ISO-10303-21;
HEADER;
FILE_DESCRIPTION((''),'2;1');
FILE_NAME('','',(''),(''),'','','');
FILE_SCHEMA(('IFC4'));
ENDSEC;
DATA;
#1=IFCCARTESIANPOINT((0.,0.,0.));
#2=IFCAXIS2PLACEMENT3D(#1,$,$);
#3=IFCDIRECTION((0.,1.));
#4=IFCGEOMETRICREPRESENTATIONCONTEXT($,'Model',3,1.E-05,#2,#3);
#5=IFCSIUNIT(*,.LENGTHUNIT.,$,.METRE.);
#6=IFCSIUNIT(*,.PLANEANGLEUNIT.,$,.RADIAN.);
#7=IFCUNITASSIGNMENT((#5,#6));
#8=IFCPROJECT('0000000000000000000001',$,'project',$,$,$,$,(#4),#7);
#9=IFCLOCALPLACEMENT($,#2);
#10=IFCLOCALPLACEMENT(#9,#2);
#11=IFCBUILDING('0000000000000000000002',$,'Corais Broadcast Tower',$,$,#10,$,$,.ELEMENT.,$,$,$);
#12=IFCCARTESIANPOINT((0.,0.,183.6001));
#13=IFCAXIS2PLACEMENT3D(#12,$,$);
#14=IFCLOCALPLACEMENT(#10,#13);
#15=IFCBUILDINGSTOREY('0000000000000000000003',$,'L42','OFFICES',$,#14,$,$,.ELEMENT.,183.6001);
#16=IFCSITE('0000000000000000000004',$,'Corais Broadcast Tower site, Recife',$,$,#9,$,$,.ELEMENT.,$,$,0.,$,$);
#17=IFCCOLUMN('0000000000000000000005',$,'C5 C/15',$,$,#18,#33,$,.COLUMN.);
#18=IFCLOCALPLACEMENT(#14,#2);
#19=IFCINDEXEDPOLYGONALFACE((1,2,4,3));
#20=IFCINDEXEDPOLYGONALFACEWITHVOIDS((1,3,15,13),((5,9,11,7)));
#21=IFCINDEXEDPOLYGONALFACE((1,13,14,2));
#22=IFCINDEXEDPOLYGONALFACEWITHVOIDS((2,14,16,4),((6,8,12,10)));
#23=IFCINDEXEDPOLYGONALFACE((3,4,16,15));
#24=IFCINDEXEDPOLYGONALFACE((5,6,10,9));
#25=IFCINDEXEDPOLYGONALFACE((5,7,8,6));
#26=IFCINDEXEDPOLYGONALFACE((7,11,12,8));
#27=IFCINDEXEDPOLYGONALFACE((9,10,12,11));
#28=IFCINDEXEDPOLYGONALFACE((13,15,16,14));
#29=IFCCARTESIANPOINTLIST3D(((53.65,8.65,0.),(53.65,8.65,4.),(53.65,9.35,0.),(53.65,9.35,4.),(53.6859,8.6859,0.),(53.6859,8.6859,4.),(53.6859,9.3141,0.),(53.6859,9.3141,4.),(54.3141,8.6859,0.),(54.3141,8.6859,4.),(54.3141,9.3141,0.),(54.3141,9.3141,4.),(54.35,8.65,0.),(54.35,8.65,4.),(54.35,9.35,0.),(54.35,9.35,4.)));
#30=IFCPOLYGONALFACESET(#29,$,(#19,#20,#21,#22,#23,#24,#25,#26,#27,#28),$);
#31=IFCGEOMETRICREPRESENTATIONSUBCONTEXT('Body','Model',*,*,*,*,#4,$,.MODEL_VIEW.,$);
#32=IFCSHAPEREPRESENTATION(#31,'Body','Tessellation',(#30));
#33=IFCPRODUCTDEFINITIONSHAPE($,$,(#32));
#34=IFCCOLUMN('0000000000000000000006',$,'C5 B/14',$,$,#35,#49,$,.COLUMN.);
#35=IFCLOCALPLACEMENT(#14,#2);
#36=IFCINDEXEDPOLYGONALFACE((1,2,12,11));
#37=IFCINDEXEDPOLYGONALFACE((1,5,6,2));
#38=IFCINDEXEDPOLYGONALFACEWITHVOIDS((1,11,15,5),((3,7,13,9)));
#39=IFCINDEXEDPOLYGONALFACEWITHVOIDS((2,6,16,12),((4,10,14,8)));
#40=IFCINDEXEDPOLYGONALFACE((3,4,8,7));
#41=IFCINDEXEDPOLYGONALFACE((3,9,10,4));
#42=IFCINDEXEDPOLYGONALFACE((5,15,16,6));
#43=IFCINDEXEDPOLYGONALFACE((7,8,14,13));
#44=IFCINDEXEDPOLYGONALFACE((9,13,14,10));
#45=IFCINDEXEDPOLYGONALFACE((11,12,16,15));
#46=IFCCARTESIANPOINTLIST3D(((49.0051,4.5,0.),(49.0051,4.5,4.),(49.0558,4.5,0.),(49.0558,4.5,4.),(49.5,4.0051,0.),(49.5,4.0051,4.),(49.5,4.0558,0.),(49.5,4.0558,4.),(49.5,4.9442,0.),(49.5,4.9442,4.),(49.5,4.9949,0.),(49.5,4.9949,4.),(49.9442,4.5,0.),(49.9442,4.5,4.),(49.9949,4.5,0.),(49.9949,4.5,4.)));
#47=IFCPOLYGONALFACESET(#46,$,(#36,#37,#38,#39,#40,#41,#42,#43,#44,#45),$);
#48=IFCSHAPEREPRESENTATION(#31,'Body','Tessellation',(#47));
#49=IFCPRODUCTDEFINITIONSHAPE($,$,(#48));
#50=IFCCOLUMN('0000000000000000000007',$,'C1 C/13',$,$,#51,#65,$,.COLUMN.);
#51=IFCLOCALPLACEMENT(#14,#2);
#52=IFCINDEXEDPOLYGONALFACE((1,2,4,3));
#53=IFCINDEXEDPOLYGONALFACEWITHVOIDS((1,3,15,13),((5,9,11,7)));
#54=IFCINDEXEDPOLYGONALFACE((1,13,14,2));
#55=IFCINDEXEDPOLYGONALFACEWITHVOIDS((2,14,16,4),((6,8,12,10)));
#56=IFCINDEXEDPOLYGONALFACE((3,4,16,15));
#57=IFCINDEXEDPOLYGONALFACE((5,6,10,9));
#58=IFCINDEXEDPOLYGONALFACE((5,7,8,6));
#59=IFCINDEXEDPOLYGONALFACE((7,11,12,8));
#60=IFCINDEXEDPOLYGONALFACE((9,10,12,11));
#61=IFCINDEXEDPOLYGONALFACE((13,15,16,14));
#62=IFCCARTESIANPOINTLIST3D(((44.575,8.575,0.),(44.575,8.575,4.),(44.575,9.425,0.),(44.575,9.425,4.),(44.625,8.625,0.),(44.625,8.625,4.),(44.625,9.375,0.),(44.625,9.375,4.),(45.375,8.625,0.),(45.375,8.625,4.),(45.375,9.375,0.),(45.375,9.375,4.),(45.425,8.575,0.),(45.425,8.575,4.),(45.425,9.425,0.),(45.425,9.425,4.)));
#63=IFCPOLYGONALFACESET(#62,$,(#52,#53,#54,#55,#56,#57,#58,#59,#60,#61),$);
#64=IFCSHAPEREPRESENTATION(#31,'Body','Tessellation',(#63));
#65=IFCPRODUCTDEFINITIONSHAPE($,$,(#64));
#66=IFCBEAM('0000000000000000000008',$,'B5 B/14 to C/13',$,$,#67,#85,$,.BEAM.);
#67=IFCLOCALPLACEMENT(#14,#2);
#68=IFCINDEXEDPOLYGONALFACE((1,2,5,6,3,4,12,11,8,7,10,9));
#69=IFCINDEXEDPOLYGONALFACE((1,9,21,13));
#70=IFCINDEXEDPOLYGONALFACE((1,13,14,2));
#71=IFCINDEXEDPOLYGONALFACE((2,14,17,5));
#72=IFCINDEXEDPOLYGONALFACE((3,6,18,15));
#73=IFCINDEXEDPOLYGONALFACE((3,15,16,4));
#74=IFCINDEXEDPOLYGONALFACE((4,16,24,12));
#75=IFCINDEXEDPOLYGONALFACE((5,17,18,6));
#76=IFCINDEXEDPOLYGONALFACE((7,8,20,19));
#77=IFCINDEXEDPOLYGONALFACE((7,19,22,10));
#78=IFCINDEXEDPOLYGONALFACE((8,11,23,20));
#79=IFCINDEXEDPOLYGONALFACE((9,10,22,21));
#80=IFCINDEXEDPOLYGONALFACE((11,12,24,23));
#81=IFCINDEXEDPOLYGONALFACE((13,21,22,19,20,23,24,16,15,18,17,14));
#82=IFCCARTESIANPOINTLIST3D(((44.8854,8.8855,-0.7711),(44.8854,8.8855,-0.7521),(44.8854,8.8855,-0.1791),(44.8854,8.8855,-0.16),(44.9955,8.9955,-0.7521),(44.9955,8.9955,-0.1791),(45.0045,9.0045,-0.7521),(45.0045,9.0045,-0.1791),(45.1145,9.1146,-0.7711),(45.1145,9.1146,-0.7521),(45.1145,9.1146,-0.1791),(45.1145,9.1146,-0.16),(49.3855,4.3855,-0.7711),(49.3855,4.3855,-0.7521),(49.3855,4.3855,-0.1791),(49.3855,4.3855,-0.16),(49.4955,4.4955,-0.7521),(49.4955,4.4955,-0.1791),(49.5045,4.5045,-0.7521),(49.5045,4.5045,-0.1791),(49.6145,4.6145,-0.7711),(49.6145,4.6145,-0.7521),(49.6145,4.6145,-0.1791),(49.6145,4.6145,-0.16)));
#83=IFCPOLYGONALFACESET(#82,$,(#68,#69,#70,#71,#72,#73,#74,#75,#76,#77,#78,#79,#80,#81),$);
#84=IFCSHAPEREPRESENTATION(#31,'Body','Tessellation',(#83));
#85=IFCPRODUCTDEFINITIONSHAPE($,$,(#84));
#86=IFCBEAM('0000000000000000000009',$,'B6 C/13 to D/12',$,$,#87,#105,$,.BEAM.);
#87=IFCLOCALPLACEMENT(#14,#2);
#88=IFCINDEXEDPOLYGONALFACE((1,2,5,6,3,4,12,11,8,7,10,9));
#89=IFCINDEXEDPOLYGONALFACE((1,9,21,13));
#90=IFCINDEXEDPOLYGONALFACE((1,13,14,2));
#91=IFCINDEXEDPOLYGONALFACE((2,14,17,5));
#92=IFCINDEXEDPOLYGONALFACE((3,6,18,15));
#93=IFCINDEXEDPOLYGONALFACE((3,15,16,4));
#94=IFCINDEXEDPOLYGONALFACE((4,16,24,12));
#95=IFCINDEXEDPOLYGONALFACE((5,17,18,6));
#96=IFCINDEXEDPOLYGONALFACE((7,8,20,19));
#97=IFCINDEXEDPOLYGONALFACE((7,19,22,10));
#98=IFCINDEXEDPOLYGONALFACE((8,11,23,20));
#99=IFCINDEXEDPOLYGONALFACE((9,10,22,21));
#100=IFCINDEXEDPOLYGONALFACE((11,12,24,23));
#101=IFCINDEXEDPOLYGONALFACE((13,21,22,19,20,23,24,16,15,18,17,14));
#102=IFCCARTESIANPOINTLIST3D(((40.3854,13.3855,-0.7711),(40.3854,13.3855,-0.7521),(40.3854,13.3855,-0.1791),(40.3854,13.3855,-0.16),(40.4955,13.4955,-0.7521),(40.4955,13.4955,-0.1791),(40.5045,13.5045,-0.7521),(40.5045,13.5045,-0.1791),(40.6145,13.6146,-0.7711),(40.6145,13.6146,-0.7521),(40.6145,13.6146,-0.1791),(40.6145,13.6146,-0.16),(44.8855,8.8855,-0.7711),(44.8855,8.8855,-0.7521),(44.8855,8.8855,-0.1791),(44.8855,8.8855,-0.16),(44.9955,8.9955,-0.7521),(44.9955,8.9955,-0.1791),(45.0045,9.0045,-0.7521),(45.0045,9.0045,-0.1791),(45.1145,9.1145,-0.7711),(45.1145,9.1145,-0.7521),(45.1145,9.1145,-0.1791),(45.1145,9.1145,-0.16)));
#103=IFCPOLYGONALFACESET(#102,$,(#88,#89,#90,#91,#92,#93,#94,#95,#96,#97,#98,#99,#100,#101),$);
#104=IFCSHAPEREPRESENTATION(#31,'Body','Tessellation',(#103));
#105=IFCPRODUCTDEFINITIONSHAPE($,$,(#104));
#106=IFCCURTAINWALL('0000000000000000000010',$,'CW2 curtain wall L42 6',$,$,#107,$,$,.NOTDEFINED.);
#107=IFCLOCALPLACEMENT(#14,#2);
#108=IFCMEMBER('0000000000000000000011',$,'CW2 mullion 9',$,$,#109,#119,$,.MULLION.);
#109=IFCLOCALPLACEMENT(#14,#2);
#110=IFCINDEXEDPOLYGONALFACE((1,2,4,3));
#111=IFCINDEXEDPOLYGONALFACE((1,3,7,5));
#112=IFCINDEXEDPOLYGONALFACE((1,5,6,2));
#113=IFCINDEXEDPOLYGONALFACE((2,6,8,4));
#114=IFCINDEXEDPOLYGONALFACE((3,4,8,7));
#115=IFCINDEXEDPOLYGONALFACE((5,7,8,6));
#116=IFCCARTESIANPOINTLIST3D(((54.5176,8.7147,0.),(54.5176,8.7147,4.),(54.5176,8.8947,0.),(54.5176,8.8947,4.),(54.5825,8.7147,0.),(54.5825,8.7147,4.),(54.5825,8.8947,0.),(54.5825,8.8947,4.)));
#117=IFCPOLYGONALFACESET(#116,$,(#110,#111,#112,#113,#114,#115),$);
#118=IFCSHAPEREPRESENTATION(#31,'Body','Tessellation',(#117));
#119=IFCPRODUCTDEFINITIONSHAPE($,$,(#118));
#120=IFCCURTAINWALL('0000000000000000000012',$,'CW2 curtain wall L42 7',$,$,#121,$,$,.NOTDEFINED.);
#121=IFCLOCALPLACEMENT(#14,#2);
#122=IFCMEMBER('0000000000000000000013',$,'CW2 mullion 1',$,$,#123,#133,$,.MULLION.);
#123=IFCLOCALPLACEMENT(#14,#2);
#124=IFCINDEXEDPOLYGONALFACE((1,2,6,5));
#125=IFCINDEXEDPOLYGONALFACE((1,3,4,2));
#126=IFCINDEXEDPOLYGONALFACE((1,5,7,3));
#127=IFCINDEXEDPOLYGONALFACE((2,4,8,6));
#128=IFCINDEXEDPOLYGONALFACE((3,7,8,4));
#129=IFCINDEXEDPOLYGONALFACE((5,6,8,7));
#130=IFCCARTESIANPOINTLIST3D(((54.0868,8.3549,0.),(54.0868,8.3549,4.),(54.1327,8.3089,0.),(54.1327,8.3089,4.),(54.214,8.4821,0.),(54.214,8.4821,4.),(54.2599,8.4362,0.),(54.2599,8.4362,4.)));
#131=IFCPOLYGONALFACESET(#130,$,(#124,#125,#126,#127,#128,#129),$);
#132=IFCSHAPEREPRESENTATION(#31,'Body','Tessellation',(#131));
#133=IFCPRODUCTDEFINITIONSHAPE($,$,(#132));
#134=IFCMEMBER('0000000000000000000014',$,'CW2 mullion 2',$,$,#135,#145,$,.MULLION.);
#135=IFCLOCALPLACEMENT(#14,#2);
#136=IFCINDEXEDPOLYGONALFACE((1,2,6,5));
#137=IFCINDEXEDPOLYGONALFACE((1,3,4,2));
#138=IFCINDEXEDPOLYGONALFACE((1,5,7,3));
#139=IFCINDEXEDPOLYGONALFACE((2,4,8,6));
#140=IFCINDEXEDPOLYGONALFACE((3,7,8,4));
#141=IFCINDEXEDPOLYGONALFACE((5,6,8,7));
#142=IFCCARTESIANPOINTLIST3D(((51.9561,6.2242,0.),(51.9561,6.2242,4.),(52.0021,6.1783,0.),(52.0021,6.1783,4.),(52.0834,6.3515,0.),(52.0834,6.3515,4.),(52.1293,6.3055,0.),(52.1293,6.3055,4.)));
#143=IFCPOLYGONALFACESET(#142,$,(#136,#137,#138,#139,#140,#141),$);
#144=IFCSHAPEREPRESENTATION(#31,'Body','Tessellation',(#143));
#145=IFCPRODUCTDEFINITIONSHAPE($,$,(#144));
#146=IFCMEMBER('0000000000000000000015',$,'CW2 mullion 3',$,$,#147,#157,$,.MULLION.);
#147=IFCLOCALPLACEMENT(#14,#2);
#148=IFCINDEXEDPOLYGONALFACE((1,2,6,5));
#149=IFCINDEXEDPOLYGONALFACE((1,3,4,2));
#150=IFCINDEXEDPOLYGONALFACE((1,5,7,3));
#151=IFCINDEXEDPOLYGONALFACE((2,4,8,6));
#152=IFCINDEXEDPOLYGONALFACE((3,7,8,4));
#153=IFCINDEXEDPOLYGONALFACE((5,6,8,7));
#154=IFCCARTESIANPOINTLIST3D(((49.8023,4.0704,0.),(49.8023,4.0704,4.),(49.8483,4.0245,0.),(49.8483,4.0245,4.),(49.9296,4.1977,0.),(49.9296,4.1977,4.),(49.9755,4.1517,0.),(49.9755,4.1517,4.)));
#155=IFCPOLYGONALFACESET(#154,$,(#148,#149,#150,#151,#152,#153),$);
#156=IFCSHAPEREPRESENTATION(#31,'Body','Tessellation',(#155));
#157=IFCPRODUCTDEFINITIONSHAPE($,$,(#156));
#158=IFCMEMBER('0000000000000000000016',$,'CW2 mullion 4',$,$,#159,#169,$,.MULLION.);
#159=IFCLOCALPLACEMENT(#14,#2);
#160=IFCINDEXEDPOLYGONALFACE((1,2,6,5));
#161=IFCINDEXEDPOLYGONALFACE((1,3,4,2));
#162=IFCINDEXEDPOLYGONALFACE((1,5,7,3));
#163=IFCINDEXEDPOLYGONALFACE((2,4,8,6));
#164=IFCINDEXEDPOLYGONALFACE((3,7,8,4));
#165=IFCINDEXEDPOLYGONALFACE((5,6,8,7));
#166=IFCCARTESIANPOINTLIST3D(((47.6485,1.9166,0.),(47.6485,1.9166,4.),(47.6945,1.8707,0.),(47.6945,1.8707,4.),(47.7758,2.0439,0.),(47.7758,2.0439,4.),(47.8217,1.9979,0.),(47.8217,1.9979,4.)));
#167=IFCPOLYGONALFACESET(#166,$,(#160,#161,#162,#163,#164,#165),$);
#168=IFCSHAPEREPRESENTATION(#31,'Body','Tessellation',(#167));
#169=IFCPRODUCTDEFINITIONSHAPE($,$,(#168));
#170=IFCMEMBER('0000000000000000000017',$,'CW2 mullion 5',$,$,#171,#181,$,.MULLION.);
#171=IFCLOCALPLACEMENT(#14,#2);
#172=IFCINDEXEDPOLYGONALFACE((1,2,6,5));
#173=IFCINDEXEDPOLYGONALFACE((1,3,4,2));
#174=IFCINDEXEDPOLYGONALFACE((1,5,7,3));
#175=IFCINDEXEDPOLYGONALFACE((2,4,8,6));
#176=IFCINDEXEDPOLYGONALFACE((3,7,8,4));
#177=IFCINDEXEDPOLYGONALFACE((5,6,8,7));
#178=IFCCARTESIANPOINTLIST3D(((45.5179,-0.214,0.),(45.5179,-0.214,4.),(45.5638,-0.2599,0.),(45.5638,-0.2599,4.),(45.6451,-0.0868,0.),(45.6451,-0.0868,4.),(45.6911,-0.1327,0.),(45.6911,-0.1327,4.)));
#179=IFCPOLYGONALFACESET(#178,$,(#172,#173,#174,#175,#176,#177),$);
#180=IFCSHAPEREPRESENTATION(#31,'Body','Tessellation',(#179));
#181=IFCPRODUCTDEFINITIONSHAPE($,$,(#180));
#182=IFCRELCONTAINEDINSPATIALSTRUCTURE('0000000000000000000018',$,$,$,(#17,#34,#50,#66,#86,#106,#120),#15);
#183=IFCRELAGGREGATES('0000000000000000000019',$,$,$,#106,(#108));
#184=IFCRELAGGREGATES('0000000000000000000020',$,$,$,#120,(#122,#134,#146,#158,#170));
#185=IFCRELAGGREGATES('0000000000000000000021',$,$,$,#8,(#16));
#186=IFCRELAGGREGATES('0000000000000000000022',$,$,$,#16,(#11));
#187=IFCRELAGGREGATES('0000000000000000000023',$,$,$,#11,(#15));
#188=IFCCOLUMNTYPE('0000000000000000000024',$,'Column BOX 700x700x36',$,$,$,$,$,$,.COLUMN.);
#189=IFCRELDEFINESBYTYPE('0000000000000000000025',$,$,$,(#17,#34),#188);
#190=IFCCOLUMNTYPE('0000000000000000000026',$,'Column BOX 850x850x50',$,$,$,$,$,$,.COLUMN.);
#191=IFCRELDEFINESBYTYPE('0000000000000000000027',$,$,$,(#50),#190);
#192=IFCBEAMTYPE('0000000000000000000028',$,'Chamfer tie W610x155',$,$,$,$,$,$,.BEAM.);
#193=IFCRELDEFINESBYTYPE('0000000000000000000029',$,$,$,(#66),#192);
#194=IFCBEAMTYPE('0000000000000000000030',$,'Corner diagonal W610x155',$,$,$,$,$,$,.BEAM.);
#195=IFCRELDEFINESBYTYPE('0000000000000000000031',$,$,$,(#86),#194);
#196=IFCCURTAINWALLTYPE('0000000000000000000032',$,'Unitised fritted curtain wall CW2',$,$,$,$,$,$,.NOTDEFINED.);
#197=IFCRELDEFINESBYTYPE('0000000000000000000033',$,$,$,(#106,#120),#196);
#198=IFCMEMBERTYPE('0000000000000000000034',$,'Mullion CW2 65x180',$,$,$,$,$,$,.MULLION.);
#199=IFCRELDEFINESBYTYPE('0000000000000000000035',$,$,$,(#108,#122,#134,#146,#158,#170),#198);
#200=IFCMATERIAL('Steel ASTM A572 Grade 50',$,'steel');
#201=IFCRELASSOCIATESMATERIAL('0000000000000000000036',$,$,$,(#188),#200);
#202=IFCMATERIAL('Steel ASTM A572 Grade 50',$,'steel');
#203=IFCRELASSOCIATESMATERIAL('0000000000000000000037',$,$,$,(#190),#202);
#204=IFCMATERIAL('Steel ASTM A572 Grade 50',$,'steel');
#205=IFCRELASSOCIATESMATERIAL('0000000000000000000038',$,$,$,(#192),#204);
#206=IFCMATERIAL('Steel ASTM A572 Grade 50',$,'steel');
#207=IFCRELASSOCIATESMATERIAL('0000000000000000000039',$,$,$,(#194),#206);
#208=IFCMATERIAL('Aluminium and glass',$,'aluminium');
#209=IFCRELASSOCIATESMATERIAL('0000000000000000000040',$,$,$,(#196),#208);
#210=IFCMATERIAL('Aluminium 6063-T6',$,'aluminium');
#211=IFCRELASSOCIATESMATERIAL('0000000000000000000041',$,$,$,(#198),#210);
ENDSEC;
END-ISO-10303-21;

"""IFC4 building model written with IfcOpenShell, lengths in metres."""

from ifc_helpers import new_model, si_unit, direction, frame, origin, origin_2d, place, context, subcontext, project, spatial, rectangle, hollow_rectangle, i_section, extrude, material, material_profile, profile_set, type_object, element, aggregate, save


model = new_model("IFC4")

# Units and contexts
model_context = context("Model", 3, precision=1e-05, world=origin(), true_north=direction((0.0, 1.0)))
body_context = subcontext(model_context, "Body", "Model", "MODEL_VIEW")
ifc_project = project(units=[si_unit("LENGTHUNIT", "METRE"), si_unit("PLANEANGLEUNIT", "RADIAN")], contexts=[model_context])

# Site, building, storey
site_placement = place(None, origin())
site = spatial("IfcSite", under=ifc_project, at=site_placement, Name="Corais Broadcast Tower site, Recife", CompositionType="ELEMENT", RefElevation=0.0)
building_placement = place(site_placement, origin())
building = spatial("IfcBuilding", under=site, at=building_placement, Name="Corais Broadcast Tower", CompositionType="ELEMENT")
storey_placement = place(building_placement, frame((0.0, 0.0, 183.6001)))
storey = spatial("IfcBuildingStorey", under=building, at=storey_placement, Name="L42", Description="OFFICES", CompositionType="ELEMENT", Elevation=183.6001)

# Columns
ifc_material_1 = material(Name="Steel ASTM A572 Grade 50", Category="steel")
ifc_material_profile_1 = material_profile(ifc_material_1, hollow_rectangle(XDim=0.7, YDim=0.7, WallThickness=0.0359, at=origin_2d()), Name="BOX 700x700x36")
ifc_profile_set_1 = profile_set([ifc_material_profile_1], Name="Steel ASTM A572 Grade 50")
column_type_1 = type_object("IfcColumnType", Name="Column BOX 700x700x36", PredefinedType="COLUMN", material=ifc_profile_set_1)
for number, where, z_axis, x_axis, name in (
    (1, (54.0, 9.0, 0.0), (0.0, 0.0, 1.0), (1.0, 0.0, 0.0), "C5 C/15"),
    (2, (49.5, 4.5, 0.0), (0.0, 0.0, 1.0), (0.707107, 0.707107, 0.0), "C5 B/14"),
):
    element("IfcColumn", number, at=place(storey_placement, frame(where, z_axis=z_axis, x_axis=x_axis)), inside=storey, type_object=column_type_1, Name=name, PredefinedType="COLUMN", context=body_context, shape_type="SweptSolid", body=[
        extrude(hollow_rectangle(XDim=0.7, YDim=0.7, WallThickness=0.0359, at=origin_2d()), origin(), (0.0, 0.0, 1.0), 4.0),
    ])
ifc_material_2 = material(Name="Steel ASTM A572 Grade 50", Category="steel")
ifc_material_profile_2 = material_profile(ifc_material_2, hollow_rectangle(XDim=0.8501, YDim=0.8501, WallThickness=0.05, at=origin_2d()), Name="BOX 850x850x50")
ifc_profile_set_2 = profile_set([ifc_material_profile_2], Name="Steel ASTM A572 Grade 50")
column_type_2 = type_object("IfcColumnType", Name="Column BOX 850x850x50", PredefinedType="COLUMN", material=ifc_profile_set_2)
column_placement = place(storey_placement, frame((45.0, 9.0, 0.0), z_axis=(0.0, 0.0, 1.0), x_axis=(1.0, 0.0, 0.0)))
element("IfcColumn", 3, at=column_placement, inside=storey, type_object=column_type_2, Name="C1 C/13", PredefinedType="COLUMN", context=body_context, shape_type="SweptSolid", body=[
    extrude(hollow_rectangle(XDim=0.8501, YDim=0.8501, WallThickness=0.05, at=origin_2d()), origin(), (0.0, 0.0, 1.0), 4.0),
])

# Beams
ifc_material_3 = material(Name="Steel ASTM A572 Grade 50", Category="steel")
ifc_material_profile_3 = material_profile(ifc_material_3, i_section(OverallWidth=0.324, OverallDepth=0.6111, WebThickness=0.0127, FlangeThickness=0.019, at=origin_2d()), Name="W610x155")
ifc_profile_set_3 = profile_set([ifc_material_profile_3], Name="Steel ASTM A572 Grade 50")
beam_type_1 = type_object("IfcBeamType", Name="Chamfer tie W610x155", PredefinedType="BEAM", material=ifc_profile_set_3)
beam_1_placement = place(storey_placement, frame((49.5, 4.5, -0.4656), z_axis=(-0.707107, 0.707107, 0.0), x_axis=(-0.707107, -0.707107, 0.0)))
element("IfcBeam", 4, at=beam_1_placement, inside=storey, type_object=beam_type_1, Name="B5 B/14 to C/13", PredefinedType="BEAM", context=body_context, shape_type="SweptSolid", body=[
    extrude(i_section(OverallWidth=0.324, OverallDepth=0.6111, WebThickness=0.0127, FlangeThickness=0.019, at=origin_2d()), origin(), (0.0, 0.0, 1.0), 6.364),
])
ifc_material_4 = material(Name="Steel ASTM A572 Grade 50", Category="steel")
ifc_material_profile_4 = material_profile(ifc_material_4, i_section(OverallWidth=0.324, OverallDepth=0.6111, WebThickness=0.0127, FlangeThickness=0.019, at=origin_2d()), Name="W610x155")
ifc_profile_set_4 = profile_set([ifc_material_profile_4], Name="Steel ASTM A572 Grade 50")
beam_type_2 = type_object("IfcBeamType", Name="Corner diagonal W610x155", PredefinedType="BEAM", material=ifc_profile_set_4)
beam_2_placement = place(storey_placement, frame((45.0, 9.0, -0.4656), z_axis=(-0.707107, 0.707107, 0.0), x_axis=(-0.707107, -0.707107, 0.0)))
element("IfcBeam", 5, at=beam_2_placement, inside=storey, type_object=beam_type_2, Name="B6 C/13 to D/12", PredefinedType="BEAM", context=body_context, shape_type="SweptSolid", body=[
    extrude(i_section(OverallWidth=0.324, OverallDepth=0.6111, WebThickness=0.0127, FlangeThickness=0.019, at=origin_2d()), origin(), (0.0, 0.0, 1.0), 6.364),
])

# Curtain wall, member
ifc_material_5 = material(Name="Aluminium and glass", Category="aluminium")
curtain_wall_type = type_object("IfcCurtainWallType", Name="Unitised fritted curtain wall CW2", PredefinedType="NOTDEFINED", material=ifc_material_5)
curtain_wall_1_placement = place(storey_placement, origin())
curtain_wall_1 = element("IfcCurtainWall", 6, at=curtain_wall_1_placement, inside=storey, type_object=curtain_wall_type, Name="CW2 curtain wall L42 6", PredefinedType="NOTDEFINED")
ifc_material_6 = material(Name="Aluminium 6063-T6", Category="aluminium")
ifc_material_profile_5 = material_profile(ifc_material_6, rectangle(XDim=0.0649, YDim=0.1799, at=origin_2d()), Name="Mullion CW2 65x180")
ifc_profile_set_5 = profile_set([ifc_material_profile_5], Name="Aluminium 6063-T6")
member_type_1 = type_object("IfcMemberType", Name="Mullion CW2 65x180", PredefinedType="MULLION", material=ifc_profile_set_5)
member_1_placement = place(storey_placement, frame((54.55, 8.8047, 0.0), z_axis=(0.0, 0.0, 1.0), x_axis=(1.0, 0.0, 0.0)))
member_1 = element("IfcMember", 7, at=member_1_placement, type_object=member_type_1, Name="CW2 mullion 9", PredefinedType="MULLION", context=body_context, shape_type="SweptSolid", body=[
    extrude(rectangle(XDim=0.0649, YDim=0.1799, at=origin_2d()), origin(), (0.0, 0.0, 1.0), 4.0),
])
aggregate(curtain_wall_1, [member_1])

# Curtain wall, members
curtain_wall_2_placement = place(storey_placement, origin())
curtain_wall_2 = element("IfcCurtainWall", 8, at=curtain_wall_2_placement, inside=storey, type_object=curtain_wall_type, Name="CW2 curtain wall L42 7", PredefinedType="NOTDEFINED")
member_2_placement = place(storey_placement, frame((54.1733, 8.3955, 0.0), z_axis=(0.0, 0.0, 1.0), x_axis=(0.707107, -0.707107, 0.0)))
member_2 = element("IfcMember", 9, at=member_2_placement, type_object=member_type_1, Name="CW2 mullion 1", PredefinedType="MULLION", context=body_context, shape_type="SweptSolid", body=[
    extrude(rectangle(XDim=0.0649, YDim=0.1799, at=origin_2d()), origin(), (0.0, 0.0, 1.0), 4.0),
])
member_3_placement = place(storey_placement, frame((52.0427, 6.2649, 0.0), z_axis=(0.0, 0.0, 1.0), x_axis=(0.707107, -0.707107, 0.0)))
member_3 = element("IfcMember", 10, at=member_3_placement, type_object=member_type_1, Name="CW2 mullion 2", PredefinedType="MULLION", context=body_context, shape_type="SweptSolid", body=[
    extrude(rectangle(XDim=0.0649, YDim=0.1799, at=origin_2d()), origin(), (0.0, 0.0, 1.0), 4.0),
])
member_4_placement = place(storey_placement, frame((49.8889, 4.1111, 0.0), z_axis=(0.0, 0.0, 1.0), x_axis=(0.707107, -0.707107, 0.0)))
member_4 = element("IfcMember", 11, at=member_4_placement, type_object=member_type_1, Name="CW2 mullion 3", PredefinedType="MULLION", context=body_context, shape_type="SweptSolid", body=[
    extrude(rectangle(XDim=0.0649, YDim=0.1799, at=origin_2d()), origin(), (0.0, 0.0, 1.0), 4.0),
])
member_5_placement = place(storey_placement, frame((47.7351, 1.9573, 0.0), z_axis=(0.0, 0.0, 1.0), x_axis=(0.707107, -0.707107, 0.0)))
member_5 = element("IfcMember", 12, at=member_5_placement, type_object=member_type_1, Name="CW2 mullion 4", PredefinedType="MULLION", context=body_context, shape_type="SweptSolid", body=[
    extrude(rectangle(XDim=0.0649, YDim=0.1799, at=origin_2d()), origin(), (0.0, 0.0, 1.0), 4.0),
])
member_6_placement = place(storey_placement, frame((45.6045, -0.1733, 0.0), z_axis=(0.0, 0.0, 1.0), x_axis=(0.707107, -0.707107, 0.0)))
member_6 = element("IfcMember", 13, at=member_6_placement, type_object=member_type_1, Name="CW2 mullion 5", PredefinedType="MULLION", context=body_context, shape_type="SweptSolid", body=[
    extrude(rectangle(XDim=0.0649, YDim=0.1799, at=origin_2d()), origin(), (0.0, 0.0, 1.0), 4.0),
])

aggregate(curtain_wall_2, [member_2, member_3, member_4, member_5, member_6])

save(model, "model.ifc")
